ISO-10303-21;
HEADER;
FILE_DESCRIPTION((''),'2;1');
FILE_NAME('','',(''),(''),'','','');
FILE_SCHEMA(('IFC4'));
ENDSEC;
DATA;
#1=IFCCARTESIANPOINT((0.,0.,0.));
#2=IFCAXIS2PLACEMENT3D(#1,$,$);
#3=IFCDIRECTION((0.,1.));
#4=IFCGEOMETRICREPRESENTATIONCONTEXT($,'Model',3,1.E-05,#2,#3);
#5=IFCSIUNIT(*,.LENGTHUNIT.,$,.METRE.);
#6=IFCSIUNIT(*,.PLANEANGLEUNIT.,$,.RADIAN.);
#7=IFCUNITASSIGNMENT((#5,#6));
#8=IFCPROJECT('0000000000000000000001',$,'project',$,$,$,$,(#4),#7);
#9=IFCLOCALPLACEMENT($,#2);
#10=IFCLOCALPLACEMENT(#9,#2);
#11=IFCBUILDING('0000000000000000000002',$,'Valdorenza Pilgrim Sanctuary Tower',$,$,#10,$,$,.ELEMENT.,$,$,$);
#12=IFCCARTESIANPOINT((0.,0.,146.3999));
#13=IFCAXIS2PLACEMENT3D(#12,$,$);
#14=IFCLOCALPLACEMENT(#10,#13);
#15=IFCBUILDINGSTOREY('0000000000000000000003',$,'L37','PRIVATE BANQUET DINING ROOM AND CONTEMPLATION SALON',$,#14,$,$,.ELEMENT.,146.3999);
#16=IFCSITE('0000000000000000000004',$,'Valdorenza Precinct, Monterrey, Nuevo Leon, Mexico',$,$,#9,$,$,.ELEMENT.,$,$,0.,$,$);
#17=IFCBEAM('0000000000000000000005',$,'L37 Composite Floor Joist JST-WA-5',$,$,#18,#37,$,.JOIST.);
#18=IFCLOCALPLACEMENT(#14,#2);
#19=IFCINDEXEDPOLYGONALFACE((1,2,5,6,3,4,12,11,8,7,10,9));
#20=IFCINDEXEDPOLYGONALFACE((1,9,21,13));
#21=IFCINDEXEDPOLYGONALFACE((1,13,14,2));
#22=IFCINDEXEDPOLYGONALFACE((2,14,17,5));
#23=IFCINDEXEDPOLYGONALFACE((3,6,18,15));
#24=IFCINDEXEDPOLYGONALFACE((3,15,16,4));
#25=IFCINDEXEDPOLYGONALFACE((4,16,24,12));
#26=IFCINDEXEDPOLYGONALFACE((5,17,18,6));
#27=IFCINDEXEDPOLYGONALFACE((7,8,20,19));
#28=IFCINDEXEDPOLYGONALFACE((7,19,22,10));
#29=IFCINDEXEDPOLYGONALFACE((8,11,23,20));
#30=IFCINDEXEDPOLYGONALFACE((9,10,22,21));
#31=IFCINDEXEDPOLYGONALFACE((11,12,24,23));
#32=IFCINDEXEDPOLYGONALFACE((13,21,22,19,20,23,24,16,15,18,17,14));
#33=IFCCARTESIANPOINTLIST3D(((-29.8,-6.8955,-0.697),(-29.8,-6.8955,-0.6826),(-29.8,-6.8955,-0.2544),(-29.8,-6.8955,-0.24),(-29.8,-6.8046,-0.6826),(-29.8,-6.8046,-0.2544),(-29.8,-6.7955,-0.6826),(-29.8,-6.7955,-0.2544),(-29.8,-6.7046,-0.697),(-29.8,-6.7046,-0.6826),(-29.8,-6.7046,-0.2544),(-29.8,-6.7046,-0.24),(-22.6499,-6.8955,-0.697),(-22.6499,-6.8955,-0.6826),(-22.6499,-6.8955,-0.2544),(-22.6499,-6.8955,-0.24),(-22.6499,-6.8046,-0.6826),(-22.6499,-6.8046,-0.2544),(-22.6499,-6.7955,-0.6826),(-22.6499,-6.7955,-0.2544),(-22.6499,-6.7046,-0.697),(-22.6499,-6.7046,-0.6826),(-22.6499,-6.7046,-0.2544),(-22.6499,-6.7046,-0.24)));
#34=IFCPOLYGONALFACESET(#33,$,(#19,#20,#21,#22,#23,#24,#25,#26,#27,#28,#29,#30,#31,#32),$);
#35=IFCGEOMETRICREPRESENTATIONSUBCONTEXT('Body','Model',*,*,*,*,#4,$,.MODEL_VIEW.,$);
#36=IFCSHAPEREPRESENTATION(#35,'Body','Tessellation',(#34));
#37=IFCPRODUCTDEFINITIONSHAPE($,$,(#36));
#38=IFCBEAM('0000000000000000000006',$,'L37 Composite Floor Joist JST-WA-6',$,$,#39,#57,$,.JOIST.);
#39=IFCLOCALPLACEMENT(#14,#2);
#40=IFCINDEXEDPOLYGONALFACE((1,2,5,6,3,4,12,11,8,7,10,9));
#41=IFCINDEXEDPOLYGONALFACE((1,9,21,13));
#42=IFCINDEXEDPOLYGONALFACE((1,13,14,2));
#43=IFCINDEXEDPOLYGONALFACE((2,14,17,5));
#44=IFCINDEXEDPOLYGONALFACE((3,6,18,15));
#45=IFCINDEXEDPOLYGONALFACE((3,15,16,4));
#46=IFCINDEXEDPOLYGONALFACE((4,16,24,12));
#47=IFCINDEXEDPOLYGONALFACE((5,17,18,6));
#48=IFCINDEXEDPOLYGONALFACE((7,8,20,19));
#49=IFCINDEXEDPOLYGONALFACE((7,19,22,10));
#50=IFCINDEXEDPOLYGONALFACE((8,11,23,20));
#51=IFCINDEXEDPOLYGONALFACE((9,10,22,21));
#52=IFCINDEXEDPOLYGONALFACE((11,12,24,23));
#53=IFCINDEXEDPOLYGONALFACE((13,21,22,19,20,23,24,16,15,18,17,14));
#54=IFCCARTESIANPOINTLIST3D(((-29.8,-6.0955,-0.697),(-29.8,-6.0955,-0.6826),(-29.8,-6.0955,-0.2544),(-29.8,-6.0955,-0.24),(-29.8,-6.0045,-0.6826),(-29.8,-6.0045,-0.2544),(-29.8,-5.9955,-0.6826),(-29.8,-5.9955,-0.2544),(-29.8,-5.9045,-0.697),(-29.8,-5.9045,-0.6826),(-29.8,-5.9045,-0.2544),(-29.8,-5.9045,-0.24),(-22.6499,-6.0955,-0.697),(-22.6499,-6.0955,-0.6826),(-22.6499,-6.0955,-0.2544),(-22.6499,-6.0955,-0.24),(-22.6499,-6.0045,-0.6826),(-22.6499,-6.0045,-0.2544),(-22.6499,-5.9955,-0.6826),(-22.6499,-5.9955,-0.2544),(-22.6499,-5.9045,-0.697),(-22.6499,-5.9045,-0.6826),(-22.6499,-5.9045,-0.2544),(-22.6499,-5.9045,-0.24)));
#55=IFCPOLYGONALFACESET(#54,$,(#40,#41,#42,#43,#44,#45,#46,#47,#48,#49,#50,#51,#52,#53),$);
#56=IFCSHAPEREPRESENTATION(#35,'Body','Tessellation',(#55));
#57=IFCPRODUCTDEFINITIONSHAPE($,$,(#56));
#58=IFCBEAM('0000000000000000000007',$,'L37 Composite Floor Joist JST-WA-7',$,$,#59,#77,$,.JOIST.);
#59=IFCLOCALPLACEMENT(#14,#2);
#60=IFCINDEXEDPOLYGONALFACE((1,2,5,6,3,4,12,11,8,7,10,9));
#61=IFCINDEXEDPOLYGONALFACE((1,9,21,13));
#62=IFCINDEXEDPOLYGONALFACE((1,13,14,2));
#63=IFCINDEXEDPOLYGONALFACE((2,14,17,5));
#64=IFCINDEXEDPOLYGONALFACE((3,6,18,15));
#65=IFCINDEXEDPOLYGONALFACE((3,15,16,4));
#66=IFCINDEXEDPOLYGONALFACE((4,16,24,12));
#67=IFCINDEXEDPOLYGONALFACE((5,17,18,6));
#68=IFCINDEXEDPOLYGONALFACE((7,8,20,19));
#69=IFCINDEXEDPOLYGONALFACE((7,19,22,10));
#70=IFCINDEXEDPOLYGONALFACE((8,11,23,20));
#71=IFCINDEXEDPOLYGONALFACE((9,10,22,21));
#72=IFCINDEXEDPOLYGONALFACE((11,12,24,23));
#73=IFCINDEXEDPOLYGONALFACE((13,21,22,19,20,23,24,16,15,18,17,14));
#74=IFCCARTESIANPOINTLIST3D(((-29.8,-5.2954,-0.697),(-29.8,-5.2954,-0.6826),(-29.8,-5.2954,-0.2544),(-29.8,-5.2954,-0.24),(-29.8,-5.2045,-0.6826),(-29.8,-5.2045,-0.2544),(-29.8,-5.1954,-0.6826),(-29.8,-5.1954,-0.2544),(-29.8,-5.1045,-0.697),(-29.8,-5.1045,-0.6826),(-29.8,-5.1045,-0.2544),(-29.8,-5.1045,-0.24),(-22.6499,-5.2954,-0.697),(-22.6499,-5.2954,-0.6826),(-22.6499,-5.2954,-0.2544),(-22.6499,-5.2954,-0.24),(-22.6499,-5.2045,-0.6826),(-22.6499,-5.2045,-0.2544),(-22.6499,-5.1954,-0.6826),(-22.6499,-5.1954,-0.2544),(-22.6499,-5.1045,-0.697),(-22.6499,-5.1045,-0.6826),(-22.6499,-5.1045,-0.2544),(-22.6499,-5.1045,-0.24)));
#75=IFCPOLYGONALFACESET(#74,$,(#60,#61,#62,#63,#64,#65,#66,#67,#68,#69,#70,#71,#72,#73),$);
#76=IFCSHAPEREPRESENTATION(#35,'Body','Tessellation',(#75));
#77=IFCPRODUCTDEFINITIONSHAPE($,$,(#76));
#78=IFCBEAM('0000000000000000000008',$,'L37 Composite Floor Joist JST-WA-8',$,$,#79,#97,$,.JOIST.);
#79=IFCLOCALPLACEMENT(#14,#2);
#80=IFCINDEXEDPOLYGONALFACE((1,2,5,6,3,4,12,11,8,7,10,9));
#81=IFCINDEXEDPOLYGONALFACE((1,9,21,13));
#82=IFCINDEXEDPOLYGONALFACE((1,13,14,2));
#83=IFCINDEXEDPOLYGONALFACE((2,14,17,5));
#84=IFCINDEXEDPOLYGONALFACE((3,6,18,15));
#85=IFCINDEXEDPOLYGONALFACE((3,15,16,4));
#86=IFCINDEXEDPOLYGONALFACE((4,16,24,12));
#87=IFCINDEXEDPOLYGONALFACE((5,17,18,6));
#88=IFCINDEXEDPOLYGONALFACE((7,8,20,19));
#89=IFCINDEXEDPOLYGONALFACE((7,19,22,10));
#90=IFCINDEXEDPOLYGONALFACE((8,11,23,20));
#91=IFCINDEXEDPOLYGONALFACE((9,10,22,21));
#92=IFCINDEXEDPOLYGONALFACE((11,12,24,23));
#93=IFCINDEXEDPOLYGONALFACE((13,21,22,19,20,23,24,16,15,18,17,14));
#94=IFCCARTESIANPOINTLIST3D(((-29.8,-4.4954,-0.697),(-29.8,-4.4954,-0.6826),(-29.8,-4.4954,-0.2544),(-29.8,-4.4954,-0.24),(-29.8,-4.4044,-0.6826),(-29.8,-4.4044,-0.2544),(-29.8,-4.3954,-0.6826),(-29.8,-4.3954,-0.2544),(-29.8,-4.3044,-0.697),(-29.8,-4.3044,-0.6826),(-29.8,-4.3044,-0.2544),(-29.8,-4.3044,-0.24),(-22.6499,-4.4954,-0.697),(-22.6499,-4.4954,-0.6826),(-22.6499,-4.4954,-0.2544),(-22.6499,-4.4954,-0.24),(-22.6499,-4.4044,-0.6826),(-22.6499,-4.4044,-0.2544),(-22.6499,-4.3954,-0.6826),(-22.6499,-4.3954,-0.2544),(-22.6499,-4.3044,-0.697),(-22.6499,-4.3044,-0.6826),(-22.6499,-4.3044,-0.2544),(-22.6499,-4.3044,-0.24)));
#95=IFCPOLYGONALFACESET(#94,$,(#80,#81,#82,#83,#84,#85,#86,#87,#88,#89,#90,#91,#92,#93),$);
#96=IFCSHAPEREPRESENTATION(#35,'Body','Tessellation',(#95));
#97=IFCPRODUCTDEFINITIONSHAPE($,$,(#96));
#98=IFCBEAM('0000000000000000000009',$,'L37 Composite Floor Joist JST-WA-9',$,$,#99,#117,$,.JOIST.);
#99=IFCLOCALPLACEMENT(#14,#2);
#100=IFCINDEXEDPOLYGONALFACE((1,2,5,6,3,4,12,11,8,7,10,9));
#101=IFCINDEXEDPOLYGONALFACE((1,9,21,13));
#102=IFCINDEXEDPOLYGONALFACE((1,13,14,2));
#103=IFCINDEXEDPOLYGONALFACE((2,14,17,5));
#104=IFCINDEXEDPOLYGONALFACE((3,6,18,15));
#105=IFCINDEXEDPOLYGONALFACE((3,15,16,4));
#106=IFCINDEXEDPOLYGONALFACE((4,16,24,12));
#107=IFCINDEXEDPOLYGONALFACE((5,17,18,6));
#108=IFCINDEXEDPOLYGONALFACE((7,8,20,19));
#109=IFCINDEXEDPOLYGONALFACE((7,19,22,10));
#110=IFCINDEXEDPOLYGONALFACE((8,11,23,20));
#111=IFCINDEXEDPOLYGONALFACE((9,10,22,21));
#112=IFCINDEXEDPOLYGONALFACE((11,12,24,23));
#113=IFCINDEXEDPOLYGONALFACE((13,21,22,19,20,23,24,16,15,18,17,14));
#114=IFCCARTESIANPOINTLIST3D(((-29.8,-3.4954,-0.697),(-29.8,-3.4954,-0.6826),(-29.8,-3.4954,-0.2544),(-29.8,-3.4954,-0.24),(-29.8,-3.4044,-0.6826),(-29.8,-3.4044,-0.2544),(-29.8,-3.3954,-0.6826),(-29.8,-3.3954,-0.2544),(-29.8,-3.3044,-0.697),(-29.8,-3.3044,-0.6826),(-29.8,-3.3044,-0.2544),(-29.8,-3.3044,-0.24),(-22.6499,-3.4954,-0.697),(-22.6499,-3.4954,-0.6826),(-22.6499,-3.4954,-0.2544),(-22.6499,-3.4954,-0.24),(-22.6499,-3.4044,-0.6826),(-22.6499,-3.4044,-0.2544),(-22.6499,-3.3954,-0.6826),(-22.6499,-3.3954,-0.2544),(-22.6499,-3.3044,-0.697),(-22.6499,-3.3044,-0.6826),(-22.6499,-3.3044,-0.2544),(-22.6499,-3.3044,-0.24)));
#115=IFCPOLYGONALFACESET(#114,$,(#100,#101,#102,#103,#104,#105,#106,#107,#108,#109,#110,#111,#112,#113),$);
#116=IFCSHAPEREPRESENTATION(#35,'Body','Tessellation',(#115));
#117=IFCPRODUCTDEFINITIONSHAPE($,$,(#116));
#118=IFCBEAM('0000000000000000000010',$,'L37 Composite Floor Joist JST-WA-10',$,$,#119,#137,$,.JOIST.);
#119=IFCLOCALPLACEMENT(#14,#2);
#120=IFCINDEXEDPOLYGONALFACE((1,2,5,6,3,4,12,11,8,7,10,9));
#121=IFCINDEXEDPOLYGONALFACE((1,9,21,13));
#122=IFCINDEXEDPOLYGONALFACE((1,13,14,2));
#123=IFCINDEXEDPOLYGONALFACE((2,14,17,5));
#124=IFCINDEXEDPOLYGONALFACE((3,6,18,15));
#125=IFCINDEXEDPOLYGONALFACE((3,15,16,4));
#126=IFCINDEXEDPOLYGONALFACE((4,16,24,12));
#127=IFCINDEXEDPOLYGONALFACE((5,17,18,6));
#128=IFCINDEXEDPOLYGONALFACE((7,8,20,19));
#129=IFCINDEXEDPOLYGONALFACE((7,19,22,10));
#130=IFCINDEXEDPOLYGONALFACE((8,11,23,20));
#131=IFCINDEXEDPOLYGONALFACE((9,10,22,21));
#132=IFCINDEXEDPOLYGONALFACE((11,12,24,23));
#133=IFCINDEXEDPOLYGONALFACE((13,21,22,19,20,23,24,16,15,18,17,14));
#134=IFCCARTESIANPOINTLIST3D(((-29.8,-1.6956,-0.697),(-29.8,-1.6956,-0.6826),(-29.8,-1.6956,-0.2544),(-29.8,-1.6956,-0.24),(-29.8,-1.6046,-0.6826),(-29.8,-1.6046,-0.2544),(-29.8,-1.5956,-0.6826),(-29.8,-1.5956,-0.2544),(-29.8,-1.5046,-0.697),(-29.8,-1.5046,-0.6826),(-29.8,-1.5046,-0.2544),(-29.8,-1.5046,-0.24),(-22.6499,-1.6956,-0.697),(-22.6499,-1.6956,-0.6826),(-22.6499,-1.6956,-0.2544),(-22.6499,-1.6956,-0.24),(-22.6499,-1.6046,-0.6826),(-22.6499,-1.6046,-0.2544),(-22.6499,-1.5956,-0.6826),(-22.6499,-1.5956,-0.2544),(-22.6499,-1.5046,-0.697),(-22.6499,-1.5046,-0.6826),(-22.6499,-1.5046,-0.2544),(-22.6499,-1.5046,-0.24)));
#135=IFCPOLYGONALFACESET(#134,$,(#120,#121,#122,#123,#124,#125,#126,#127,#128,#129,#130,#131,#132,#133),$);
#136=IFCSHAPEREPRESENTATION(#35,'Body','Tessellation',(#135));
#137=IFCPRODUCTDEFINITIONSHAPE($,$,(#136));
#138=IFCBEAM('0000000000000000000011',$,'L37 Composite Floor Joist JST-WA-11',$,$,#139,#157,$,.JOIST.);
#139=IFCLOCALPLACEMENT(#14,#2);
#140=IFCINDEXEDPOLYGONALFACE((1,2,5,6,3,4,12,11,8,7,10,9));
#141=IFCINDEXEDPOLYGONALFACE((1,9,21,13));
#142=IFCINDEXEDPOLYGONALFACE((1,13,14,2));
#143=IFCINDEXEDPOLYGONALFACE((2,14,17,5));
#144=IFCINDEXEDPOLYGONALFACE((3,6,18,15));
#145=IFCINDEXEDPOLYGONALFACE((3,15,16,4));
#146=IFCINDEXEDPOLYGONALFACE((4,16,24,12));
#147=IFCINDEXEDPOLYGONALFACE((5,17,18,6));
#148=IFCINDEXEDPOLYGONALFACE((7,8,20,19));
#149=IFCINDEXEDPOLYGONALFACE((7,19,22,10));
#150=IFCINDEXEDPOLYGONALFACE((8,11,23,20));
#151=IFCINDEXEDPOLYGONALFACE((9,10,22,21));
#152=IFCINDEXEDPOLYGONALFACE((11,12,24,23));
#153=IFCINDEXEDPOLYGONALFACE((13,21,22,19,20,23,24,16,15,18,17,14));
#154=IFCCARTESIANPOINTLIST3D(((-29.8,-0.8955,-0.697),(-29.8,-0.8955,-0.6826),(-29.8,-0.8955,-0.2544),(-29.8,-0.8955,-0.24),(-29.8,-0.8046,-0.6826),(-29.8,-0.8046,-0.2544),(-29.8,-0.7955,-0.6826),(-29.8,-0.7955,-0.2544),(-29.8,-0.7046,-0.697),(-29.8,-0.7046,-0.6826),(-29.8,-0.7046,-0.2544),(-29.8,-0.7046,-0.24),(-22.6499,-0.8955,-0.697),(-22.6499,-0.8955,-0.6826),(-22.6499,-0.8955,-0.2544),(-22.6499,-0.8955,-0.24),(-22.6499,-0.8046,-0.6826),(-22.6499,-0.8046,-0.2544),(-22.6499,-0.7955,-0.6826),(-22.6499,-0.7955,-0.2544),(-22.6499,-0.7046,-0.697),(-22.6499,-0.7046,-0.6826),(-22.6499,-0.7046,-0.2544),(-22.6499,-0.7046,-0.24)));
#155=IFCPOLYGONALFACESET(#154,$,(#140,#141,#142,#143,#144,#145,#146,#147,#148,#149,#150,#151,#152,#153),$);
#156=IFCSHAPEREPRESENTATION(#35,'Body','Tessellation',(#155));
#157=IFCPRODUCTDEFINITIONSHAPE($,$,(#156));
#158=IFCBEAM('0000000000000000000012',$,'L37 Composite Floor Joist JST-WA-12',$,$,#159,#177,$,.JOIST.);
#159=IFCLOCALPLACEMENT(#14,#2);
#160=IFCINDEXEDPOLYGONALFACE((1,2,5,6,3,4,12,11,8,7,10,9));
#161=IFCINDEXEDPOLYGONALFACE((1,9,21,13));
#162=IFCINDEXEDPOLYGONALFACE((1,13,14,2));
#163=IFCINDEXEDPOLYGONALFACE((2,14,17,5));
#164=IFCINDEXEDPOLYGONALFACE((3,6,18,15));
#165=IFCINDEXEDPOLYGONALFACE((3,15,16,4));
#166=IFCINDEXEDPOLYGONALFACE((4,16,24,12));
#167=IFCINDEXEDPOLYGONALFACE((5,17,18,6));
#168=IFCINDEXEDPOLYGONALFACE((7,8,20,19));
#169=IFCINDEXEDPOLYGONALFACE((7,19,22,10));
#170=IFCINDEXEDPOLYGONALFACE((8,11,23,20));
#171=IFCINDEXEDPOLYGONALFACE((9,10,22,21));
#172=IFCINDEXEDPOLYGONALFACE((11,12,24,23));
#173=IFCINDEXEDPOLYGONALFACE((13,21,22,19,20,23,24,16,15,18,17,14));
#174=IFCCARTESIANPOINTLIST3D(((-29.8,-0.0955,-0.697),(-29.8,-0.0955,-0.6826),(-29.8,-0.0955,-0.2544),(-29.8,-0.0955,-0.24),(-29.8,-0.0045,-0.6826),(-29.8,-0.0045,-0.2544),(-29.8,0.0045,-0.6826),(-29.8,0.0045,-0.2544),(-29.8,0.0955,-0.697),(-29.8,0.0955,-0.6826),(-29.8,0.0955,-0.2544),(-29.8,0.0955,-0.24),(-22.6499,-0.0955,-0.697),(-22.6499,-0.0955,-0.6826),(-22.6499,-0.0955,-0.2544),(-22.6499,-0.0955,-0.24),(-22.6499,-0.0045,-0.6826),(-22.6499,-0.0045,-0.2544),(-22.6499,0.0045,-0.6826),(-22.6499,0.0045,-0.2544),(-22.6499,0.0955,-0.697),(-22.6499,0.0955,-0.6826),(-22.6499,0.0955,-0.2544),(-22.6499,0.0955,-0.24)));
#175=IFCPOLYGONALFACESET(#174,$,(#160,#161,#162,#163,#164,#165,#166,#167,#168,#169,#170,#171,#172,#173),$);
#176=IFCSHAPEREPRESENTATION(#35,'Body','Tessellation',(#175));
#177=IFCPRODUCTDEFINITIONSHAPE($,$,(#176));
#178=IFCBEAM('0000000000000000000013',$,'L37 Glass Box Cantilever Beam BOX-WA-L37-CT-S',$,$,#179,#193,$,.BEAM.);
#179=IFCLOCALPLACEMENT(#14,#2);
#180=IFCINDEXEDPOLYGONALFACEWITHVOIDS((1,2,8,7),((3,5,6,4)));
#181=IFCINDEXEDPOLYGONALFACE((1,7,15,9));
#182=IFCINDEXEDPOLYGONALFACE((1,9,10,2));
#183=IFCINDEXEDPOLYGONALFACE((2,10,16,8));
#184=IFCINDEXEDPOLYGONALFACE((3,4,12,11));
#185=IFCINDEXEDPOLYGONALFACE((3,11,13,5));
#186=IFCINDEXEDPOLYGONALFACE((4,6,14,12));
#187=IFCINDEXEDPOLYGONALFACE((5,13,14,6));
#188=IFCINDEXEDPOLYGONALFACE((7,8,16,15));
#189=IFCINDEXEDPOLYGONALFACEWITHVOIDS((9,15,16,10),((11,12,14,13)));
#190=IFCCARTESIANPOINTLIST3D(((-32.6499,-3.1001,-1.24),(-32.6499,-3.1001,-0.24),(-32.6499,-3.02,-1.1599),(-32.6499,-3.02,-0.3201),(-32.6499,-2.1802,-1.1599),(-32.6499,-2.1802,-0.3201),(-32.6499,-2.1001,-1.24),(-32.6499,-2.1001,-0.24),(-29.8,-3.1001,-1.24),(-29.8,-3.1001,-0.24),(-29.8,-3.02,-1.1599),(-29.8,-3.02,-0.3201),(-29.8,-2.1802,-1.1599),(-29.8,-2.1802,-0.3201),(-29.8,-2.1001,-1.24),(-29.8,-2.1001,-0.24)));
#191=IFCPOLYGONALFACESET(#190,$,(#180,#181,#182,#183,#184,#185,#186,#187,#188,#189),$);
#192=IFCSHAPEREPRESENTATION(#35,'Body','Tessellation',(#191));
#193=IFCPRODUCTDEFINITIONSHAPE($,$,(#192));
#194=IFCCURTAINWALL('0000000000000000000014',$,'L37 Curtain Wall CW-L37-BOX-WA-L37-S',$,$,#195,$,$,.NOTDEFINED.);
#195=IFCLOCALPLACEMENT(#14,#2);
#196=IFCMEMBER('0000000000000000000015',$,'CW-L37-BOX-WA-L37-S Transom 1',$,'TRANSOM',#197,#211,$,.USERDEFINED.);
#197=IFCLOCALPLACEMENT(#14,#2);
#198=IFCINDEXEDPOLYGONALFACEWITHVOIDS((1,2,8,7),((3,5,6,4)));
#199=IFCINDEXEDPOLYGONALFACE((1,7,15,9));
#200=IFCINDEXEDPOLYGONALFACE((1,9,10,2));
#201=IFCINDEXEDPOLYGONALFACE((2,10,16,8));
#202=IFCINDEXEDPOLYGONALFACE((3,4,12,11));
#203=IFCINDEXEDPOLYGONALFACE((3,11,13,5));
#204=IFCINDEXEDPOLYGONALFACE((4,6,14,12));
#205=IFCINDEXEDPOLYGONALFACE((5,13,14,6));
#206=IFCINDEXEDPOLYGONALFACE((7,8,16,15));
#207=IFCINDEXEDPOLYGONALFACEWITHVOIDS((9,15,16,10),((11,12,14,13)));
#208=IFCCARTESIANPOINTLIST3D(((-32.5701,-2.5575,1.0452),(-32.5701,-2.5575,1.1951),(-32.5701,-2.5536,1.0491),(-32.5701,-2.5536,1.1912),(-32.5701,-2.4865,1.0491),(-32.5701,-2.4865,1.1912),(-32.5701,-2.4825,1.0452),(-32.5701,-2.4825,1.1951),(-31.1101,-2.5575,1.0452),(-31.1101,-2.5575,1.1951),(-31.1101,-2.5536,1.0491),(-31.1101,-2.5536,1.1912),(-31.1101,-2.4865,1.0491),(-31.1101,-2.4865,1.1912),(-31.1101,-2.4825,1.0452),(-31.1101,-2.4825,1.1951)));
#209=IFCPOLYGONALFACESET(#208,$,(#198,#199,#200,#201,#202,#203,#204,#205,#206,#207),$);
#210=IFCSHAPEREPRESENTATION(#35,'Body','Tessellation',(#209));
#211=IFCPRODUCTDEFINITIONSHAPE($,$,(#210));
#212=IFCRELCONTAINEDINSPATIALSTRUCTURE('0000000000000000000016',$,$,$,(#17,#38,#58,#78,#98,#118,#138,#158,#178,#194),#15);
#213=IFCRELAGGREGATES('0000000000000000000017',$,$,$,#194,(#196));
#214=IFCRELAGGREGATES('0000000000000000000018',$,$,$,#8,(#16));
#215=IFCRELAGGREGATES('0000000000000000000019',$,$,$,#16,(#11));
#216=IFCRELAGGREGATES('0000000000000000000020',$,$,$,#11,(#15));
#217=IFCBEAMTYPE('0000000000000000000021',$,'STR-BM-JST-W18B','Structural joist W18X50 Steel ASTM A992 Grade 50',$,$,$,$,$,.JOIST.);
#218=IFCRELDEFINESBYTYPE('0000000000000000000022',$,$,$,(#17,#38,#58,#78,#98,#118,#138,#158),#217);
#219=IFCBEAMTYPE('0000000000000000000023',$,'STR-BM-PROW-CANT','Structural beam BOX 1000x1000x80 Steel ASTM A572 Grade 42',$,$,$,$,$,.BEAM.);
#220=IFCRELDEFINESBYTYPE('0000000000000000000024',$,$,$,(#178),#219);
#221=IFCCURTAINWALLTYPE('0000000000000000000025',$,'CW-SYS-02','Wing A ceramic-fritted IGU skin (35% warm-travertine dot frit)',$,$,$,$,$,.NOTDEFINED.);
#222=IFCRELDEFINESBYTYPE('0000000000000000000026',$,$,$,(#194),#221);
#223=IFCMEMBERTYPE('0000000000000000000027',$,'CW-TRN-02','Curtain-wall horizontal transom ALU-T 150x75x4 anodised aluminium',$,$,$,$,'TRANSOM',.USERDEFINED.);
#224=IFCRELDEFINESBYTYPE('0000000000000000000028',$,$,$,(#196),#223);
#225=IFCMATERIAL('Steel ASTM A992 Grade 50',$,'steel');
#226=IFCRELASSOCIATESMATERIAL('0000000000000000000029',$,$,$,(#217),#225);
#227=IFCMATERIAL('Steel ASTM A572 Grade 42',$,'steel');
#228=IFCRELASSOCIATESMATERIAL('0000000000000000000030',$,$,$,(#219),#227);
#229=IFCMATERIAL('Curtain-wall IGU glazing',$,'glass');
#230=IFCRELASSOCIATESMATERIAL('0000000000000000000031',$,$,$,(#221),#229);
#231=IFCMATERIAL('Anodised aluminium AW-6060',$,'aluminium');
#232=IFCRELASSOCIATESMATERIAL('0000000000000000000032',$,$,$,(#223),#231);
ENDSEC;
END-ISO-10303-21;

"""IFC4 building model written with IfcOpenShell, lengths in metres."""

from ifc_helpers import new_model, si_unit, direction, frame, origin, origin_2d, place, context, subcontext, project, spatial, hollow_rectangle, i_section, extrude, source, transform, mapped, material, material_profile, profile_set, type_object, element, aggregate, save


model = new_model("IFC4")

# Units and contexts
model_context = context("Model", 3, precision=1e-05, world=origin(), true_north=direction((0.0, 1.0)))
body_context = subcontext(model_context, "Body", "Model", "MODEL_VIEW")
ifc_project = project(units=[si_unit("LENGTHUNIT", "METRE"), si_unit("PLANEANGLEUNIT", "RADIAN")], contexts=[model_context])

# Site, building, storey
site_placement = place(None, origin())
site = spatial("IfcSite", under=ifc_project, at=site_placement, Name="Valdorenza Precinct, Monterrey, Nuevo Leon, Mexico", CompositionType="ELEMENT", RefElevation=0.0)
building_placement = place(site_placement, origin())
building = spatial("IfcBuilding", under=site, at=building_placement, Name="Valdorenza Pilgrim Sanctuary Tower", CompositionType="ELEMENT")
storey_placement = place(building_placement, frame((0.0, 0.0, 146.3999)))
storey = spatial("IfcBuildingStorey", under=building, at=storey_placement, Name="L37", Description="PRIVATE BANQUET DINING ROOM AND CONTEMPLATION SALON", CompositionType="ELEMENT", Elevation=146.3999)

# Beams
ifc_material_1 = material(Name="Steel ASTM A992 Grade 50", Category="steel")
ifc_material_profile_1 = material_profile(ifc_material_1, i_section(OverallWidth=0.1909, OverallDepth=0.457, WebThickness=0.009, FlangeThickness=0.0144, at=origin_2d()), Name="W18X50")
ifc_profile_set_1 = profile_set([ifc_material_profile_1], Name="Steel ASTM A992 Grade 50")
beam_type_1 = type_object("IfcBeamType", Name="STR-BM-JST-W18B", Description="Structural joist W18X50 Steel ASTM A992 Grade 50", PredefinedType="JOIST", material=ifc_profile_set_1)
shared_shape_1 = source(origin(), body_context, "Body", "SweptSolid", [
    extrude(i_section(OverallWidth=0.1909, OverallDepth=0.457, WebThickness=0.009, FlangeThickness=0.0144, at=origin_2d()), origin(), (0.0, 0.0, 1.0), 7.1501),
])
for number, where, z_axis, x_axis, name in (
    (1, (-29.8, -6.8, -0.4685), (1.0, 0.0, 0.0), (0.0, 1.0, 0.0), "L37 Composite Floor Joist JST-WA-5"),
    (2, (-29.8, -6.0, -0.4685), (1.0, 0.0, 0.0), (0.0, 1.0, 0.0), "L37 Composite Floor Joist JST-WA-6"),
    (3, (-29.8, -5.2, -0.4685), (1.0, 0.0, 0.0), (0.0, 1.0, 0.0), "L37 Composite Floor Joist JST-WA-7"),
    (4, (-29.8, -4.3999, -0.4685), (1.0, 0.0, 0.0), (0.0, 1.0, 0.0), "L37 Composite Floor Joist JST-WA-8"),
    (5, (-29.8, -3.3999, -0.4685), (1.0, 0.0, 0.0), (0.0, 1.0, 0.0), "L37 Composite Floor Joist JST-WA-9"),
    (6, (-29.8, -1.6001, -0.4685), (1.0, 0.0, 0.0), (0.0, 1.0, 0.0), "L37 Composite Floor Joist JST-WA-10"),
    (7, (-29.8, -0.8, -0.4685), (1.0, 0.0, 0.0), (0.0, 1.0, 0.0), "L37 Composite Floor Joist JST-WA-11"),
    (8, (-29.8, 0.0, -0.4685), (1.0, 0.0, 0.0), (0.0, 1.0, 0.0), "L37 Composite Floor Joist JST-WA-12"),
):
    element("IfcBeam", number, at=place(storey_placement, frame(where, z_axis=z_axis, x_axis=x_axis)), inside=storey, type_object=beam_type_1, Name=name, PredefinedType="JOIST", context=body_context, shape_type="MappedRepresentation", body=[
        mapped(shared_shape_1, transform((0.0, 0.0, 0.0), x_axis=(1.0, 0.0, 0.0), y_axis=(0.0, 1.0, 0.0), z_axis=(0.0, 0.0, 1.0), scale=1.0)),
    ])
ifc_material_2 = material(Name="Steel ASTM A572 Grade 42", Category="steel")
ifc_material_profile_2 = material_profile(ifc_material_2, hollow_rectangle(XDim=1.0, YDim=1.0, WallThickness=0.0801, at=origin_2d()), Name="BOX 1000x1000x80")
ifc_profile_set_2 = profile_set([ifc_material_profile_2], Name="Steel ASTM A572 Grade 42")
beam_type_2 = type_object("IfcBeamType", Name="STR-BM-PROW-CANT", Description="Structural beam BOX 1000x1000x80 Steel ASTM A572 Grade 42", PredefinedType="BEAM", material=ifc_profile_set_2)
shared_shape_2 = source(origin(), body_context, "Body", "SweptSolid", [
    extrude(hollow_rectangle(XDim=1.0, YDim=1.0, WallThickness=0.0801, at=origin_2d()), origin(), (0.0, 0.0, 1.0), 2.8499),
])
beam_1_placement = place(storey_placement, frame((-29.8, -2.6001, -0.74), z_axis=(-1.0, 0.0, 0.0), x_axis=(0.0, -1.0, 0.0)))
element("IfcBeam", 9, at=beam_1_placement, inside=storey, type_object=beam_type_2, Name="L37 Glass Box Cantilever Beam BOX-WA-L37-CT-S", PredefinedType="BEAM", context=body_context, shape_type="MappedRepresentation", body=[
    mapped(shared_shape_2, transform((0.0, 0.0, 0.0), x_axis=(1.0, 0.0, 0.0), y_axis=(0.0, 1.0, 0.0), z_axis=(0.0, 0.0, 1.0), scale=1.0)),
])

# Curtain wall, member
ifc_material_3 = material(Name="Curtain-wall IGU glazing", Category="glass")
curtain_wall_type = type_object("IfcCurtainWallType", Name="CW-SYS-02", Description="Wing A ceramic-fritted IGU skin (35% warm-travertine dot frit)", PredefinedType="NOTDEFINED", material=ifc_material_3)
curtain_wall_1_placement = place(storey_placement, origin())
curtain_wall_1 = element("IfcCurtainWall", 10, at=curtain_wall_1_placement, inside=storey, type_object=curtain_wall_type, Name="L37 Curtain Wall CW-L37-BOX-WA-L37-S", PredefinedType="NOTDEFINED")
ifc_material_4 = material(Name="Anodised aluminium AW-6060", Category="aluminium")
ifc_material_profile_3 = material_profile(ifc_material_4, hollow_rectangle(XDim=0.075, YDim=0.1499, WallThickness=0.0039, at=origin_2d()), Name="ALU-T 150x75x4")
ifc_profile_set_3 = profile_set([ifc_material_profile_3], Name="Anodised aluminium AW-6060")
member_type_1 = type_object("IfcMemberType", Name="CW-TRN-02", Description="Curtain-wall horizontal transom ALU-T 150x75x4 anodised aluminium", ElementType="TRANSOM", PredefinedType="USERDEFINED", material=ifc_profile_set_3)
shared_shape_3 = source(origin(), body_context, "Body", "SweptSolid", [
    extrude(hollow_rectangle(XDim=0.075, YDim=0.1499, WallThickness=0.0039, at=origin_2d()), origin(), (0.0, 0.0, 1.0), 1.46),
])
member_1_placement = place(storey_placement, frame((-31.1101, -2.52, 1.1201), z_axis=(-1.0, 0.0, 0.0), x_axis=(0.0, -1.0, 0.0)))
member_1 = element("IfcMember", 11, at=member_1_placement, type_object=member_type_1, Name="CW-L37-BOX-WA-L37-S Transom 1", ObjectType="TRANSOM", PredefinedType="USERDEFINED", context=body_context, shape_type="MappedRepresentation", body=[
    mapped(shared_shape_3, transform((0.0, 0.0, 0.0), x_axis=(1.0, 0.0, 0.0), y_axis=(0.0, 1.0, 0.0), z_axis=(0.0, 0.0, 1.0), scale=1.0)),
])

aggregate(curtain_wall_1, [member_1])

save(model, "model.ifc")
